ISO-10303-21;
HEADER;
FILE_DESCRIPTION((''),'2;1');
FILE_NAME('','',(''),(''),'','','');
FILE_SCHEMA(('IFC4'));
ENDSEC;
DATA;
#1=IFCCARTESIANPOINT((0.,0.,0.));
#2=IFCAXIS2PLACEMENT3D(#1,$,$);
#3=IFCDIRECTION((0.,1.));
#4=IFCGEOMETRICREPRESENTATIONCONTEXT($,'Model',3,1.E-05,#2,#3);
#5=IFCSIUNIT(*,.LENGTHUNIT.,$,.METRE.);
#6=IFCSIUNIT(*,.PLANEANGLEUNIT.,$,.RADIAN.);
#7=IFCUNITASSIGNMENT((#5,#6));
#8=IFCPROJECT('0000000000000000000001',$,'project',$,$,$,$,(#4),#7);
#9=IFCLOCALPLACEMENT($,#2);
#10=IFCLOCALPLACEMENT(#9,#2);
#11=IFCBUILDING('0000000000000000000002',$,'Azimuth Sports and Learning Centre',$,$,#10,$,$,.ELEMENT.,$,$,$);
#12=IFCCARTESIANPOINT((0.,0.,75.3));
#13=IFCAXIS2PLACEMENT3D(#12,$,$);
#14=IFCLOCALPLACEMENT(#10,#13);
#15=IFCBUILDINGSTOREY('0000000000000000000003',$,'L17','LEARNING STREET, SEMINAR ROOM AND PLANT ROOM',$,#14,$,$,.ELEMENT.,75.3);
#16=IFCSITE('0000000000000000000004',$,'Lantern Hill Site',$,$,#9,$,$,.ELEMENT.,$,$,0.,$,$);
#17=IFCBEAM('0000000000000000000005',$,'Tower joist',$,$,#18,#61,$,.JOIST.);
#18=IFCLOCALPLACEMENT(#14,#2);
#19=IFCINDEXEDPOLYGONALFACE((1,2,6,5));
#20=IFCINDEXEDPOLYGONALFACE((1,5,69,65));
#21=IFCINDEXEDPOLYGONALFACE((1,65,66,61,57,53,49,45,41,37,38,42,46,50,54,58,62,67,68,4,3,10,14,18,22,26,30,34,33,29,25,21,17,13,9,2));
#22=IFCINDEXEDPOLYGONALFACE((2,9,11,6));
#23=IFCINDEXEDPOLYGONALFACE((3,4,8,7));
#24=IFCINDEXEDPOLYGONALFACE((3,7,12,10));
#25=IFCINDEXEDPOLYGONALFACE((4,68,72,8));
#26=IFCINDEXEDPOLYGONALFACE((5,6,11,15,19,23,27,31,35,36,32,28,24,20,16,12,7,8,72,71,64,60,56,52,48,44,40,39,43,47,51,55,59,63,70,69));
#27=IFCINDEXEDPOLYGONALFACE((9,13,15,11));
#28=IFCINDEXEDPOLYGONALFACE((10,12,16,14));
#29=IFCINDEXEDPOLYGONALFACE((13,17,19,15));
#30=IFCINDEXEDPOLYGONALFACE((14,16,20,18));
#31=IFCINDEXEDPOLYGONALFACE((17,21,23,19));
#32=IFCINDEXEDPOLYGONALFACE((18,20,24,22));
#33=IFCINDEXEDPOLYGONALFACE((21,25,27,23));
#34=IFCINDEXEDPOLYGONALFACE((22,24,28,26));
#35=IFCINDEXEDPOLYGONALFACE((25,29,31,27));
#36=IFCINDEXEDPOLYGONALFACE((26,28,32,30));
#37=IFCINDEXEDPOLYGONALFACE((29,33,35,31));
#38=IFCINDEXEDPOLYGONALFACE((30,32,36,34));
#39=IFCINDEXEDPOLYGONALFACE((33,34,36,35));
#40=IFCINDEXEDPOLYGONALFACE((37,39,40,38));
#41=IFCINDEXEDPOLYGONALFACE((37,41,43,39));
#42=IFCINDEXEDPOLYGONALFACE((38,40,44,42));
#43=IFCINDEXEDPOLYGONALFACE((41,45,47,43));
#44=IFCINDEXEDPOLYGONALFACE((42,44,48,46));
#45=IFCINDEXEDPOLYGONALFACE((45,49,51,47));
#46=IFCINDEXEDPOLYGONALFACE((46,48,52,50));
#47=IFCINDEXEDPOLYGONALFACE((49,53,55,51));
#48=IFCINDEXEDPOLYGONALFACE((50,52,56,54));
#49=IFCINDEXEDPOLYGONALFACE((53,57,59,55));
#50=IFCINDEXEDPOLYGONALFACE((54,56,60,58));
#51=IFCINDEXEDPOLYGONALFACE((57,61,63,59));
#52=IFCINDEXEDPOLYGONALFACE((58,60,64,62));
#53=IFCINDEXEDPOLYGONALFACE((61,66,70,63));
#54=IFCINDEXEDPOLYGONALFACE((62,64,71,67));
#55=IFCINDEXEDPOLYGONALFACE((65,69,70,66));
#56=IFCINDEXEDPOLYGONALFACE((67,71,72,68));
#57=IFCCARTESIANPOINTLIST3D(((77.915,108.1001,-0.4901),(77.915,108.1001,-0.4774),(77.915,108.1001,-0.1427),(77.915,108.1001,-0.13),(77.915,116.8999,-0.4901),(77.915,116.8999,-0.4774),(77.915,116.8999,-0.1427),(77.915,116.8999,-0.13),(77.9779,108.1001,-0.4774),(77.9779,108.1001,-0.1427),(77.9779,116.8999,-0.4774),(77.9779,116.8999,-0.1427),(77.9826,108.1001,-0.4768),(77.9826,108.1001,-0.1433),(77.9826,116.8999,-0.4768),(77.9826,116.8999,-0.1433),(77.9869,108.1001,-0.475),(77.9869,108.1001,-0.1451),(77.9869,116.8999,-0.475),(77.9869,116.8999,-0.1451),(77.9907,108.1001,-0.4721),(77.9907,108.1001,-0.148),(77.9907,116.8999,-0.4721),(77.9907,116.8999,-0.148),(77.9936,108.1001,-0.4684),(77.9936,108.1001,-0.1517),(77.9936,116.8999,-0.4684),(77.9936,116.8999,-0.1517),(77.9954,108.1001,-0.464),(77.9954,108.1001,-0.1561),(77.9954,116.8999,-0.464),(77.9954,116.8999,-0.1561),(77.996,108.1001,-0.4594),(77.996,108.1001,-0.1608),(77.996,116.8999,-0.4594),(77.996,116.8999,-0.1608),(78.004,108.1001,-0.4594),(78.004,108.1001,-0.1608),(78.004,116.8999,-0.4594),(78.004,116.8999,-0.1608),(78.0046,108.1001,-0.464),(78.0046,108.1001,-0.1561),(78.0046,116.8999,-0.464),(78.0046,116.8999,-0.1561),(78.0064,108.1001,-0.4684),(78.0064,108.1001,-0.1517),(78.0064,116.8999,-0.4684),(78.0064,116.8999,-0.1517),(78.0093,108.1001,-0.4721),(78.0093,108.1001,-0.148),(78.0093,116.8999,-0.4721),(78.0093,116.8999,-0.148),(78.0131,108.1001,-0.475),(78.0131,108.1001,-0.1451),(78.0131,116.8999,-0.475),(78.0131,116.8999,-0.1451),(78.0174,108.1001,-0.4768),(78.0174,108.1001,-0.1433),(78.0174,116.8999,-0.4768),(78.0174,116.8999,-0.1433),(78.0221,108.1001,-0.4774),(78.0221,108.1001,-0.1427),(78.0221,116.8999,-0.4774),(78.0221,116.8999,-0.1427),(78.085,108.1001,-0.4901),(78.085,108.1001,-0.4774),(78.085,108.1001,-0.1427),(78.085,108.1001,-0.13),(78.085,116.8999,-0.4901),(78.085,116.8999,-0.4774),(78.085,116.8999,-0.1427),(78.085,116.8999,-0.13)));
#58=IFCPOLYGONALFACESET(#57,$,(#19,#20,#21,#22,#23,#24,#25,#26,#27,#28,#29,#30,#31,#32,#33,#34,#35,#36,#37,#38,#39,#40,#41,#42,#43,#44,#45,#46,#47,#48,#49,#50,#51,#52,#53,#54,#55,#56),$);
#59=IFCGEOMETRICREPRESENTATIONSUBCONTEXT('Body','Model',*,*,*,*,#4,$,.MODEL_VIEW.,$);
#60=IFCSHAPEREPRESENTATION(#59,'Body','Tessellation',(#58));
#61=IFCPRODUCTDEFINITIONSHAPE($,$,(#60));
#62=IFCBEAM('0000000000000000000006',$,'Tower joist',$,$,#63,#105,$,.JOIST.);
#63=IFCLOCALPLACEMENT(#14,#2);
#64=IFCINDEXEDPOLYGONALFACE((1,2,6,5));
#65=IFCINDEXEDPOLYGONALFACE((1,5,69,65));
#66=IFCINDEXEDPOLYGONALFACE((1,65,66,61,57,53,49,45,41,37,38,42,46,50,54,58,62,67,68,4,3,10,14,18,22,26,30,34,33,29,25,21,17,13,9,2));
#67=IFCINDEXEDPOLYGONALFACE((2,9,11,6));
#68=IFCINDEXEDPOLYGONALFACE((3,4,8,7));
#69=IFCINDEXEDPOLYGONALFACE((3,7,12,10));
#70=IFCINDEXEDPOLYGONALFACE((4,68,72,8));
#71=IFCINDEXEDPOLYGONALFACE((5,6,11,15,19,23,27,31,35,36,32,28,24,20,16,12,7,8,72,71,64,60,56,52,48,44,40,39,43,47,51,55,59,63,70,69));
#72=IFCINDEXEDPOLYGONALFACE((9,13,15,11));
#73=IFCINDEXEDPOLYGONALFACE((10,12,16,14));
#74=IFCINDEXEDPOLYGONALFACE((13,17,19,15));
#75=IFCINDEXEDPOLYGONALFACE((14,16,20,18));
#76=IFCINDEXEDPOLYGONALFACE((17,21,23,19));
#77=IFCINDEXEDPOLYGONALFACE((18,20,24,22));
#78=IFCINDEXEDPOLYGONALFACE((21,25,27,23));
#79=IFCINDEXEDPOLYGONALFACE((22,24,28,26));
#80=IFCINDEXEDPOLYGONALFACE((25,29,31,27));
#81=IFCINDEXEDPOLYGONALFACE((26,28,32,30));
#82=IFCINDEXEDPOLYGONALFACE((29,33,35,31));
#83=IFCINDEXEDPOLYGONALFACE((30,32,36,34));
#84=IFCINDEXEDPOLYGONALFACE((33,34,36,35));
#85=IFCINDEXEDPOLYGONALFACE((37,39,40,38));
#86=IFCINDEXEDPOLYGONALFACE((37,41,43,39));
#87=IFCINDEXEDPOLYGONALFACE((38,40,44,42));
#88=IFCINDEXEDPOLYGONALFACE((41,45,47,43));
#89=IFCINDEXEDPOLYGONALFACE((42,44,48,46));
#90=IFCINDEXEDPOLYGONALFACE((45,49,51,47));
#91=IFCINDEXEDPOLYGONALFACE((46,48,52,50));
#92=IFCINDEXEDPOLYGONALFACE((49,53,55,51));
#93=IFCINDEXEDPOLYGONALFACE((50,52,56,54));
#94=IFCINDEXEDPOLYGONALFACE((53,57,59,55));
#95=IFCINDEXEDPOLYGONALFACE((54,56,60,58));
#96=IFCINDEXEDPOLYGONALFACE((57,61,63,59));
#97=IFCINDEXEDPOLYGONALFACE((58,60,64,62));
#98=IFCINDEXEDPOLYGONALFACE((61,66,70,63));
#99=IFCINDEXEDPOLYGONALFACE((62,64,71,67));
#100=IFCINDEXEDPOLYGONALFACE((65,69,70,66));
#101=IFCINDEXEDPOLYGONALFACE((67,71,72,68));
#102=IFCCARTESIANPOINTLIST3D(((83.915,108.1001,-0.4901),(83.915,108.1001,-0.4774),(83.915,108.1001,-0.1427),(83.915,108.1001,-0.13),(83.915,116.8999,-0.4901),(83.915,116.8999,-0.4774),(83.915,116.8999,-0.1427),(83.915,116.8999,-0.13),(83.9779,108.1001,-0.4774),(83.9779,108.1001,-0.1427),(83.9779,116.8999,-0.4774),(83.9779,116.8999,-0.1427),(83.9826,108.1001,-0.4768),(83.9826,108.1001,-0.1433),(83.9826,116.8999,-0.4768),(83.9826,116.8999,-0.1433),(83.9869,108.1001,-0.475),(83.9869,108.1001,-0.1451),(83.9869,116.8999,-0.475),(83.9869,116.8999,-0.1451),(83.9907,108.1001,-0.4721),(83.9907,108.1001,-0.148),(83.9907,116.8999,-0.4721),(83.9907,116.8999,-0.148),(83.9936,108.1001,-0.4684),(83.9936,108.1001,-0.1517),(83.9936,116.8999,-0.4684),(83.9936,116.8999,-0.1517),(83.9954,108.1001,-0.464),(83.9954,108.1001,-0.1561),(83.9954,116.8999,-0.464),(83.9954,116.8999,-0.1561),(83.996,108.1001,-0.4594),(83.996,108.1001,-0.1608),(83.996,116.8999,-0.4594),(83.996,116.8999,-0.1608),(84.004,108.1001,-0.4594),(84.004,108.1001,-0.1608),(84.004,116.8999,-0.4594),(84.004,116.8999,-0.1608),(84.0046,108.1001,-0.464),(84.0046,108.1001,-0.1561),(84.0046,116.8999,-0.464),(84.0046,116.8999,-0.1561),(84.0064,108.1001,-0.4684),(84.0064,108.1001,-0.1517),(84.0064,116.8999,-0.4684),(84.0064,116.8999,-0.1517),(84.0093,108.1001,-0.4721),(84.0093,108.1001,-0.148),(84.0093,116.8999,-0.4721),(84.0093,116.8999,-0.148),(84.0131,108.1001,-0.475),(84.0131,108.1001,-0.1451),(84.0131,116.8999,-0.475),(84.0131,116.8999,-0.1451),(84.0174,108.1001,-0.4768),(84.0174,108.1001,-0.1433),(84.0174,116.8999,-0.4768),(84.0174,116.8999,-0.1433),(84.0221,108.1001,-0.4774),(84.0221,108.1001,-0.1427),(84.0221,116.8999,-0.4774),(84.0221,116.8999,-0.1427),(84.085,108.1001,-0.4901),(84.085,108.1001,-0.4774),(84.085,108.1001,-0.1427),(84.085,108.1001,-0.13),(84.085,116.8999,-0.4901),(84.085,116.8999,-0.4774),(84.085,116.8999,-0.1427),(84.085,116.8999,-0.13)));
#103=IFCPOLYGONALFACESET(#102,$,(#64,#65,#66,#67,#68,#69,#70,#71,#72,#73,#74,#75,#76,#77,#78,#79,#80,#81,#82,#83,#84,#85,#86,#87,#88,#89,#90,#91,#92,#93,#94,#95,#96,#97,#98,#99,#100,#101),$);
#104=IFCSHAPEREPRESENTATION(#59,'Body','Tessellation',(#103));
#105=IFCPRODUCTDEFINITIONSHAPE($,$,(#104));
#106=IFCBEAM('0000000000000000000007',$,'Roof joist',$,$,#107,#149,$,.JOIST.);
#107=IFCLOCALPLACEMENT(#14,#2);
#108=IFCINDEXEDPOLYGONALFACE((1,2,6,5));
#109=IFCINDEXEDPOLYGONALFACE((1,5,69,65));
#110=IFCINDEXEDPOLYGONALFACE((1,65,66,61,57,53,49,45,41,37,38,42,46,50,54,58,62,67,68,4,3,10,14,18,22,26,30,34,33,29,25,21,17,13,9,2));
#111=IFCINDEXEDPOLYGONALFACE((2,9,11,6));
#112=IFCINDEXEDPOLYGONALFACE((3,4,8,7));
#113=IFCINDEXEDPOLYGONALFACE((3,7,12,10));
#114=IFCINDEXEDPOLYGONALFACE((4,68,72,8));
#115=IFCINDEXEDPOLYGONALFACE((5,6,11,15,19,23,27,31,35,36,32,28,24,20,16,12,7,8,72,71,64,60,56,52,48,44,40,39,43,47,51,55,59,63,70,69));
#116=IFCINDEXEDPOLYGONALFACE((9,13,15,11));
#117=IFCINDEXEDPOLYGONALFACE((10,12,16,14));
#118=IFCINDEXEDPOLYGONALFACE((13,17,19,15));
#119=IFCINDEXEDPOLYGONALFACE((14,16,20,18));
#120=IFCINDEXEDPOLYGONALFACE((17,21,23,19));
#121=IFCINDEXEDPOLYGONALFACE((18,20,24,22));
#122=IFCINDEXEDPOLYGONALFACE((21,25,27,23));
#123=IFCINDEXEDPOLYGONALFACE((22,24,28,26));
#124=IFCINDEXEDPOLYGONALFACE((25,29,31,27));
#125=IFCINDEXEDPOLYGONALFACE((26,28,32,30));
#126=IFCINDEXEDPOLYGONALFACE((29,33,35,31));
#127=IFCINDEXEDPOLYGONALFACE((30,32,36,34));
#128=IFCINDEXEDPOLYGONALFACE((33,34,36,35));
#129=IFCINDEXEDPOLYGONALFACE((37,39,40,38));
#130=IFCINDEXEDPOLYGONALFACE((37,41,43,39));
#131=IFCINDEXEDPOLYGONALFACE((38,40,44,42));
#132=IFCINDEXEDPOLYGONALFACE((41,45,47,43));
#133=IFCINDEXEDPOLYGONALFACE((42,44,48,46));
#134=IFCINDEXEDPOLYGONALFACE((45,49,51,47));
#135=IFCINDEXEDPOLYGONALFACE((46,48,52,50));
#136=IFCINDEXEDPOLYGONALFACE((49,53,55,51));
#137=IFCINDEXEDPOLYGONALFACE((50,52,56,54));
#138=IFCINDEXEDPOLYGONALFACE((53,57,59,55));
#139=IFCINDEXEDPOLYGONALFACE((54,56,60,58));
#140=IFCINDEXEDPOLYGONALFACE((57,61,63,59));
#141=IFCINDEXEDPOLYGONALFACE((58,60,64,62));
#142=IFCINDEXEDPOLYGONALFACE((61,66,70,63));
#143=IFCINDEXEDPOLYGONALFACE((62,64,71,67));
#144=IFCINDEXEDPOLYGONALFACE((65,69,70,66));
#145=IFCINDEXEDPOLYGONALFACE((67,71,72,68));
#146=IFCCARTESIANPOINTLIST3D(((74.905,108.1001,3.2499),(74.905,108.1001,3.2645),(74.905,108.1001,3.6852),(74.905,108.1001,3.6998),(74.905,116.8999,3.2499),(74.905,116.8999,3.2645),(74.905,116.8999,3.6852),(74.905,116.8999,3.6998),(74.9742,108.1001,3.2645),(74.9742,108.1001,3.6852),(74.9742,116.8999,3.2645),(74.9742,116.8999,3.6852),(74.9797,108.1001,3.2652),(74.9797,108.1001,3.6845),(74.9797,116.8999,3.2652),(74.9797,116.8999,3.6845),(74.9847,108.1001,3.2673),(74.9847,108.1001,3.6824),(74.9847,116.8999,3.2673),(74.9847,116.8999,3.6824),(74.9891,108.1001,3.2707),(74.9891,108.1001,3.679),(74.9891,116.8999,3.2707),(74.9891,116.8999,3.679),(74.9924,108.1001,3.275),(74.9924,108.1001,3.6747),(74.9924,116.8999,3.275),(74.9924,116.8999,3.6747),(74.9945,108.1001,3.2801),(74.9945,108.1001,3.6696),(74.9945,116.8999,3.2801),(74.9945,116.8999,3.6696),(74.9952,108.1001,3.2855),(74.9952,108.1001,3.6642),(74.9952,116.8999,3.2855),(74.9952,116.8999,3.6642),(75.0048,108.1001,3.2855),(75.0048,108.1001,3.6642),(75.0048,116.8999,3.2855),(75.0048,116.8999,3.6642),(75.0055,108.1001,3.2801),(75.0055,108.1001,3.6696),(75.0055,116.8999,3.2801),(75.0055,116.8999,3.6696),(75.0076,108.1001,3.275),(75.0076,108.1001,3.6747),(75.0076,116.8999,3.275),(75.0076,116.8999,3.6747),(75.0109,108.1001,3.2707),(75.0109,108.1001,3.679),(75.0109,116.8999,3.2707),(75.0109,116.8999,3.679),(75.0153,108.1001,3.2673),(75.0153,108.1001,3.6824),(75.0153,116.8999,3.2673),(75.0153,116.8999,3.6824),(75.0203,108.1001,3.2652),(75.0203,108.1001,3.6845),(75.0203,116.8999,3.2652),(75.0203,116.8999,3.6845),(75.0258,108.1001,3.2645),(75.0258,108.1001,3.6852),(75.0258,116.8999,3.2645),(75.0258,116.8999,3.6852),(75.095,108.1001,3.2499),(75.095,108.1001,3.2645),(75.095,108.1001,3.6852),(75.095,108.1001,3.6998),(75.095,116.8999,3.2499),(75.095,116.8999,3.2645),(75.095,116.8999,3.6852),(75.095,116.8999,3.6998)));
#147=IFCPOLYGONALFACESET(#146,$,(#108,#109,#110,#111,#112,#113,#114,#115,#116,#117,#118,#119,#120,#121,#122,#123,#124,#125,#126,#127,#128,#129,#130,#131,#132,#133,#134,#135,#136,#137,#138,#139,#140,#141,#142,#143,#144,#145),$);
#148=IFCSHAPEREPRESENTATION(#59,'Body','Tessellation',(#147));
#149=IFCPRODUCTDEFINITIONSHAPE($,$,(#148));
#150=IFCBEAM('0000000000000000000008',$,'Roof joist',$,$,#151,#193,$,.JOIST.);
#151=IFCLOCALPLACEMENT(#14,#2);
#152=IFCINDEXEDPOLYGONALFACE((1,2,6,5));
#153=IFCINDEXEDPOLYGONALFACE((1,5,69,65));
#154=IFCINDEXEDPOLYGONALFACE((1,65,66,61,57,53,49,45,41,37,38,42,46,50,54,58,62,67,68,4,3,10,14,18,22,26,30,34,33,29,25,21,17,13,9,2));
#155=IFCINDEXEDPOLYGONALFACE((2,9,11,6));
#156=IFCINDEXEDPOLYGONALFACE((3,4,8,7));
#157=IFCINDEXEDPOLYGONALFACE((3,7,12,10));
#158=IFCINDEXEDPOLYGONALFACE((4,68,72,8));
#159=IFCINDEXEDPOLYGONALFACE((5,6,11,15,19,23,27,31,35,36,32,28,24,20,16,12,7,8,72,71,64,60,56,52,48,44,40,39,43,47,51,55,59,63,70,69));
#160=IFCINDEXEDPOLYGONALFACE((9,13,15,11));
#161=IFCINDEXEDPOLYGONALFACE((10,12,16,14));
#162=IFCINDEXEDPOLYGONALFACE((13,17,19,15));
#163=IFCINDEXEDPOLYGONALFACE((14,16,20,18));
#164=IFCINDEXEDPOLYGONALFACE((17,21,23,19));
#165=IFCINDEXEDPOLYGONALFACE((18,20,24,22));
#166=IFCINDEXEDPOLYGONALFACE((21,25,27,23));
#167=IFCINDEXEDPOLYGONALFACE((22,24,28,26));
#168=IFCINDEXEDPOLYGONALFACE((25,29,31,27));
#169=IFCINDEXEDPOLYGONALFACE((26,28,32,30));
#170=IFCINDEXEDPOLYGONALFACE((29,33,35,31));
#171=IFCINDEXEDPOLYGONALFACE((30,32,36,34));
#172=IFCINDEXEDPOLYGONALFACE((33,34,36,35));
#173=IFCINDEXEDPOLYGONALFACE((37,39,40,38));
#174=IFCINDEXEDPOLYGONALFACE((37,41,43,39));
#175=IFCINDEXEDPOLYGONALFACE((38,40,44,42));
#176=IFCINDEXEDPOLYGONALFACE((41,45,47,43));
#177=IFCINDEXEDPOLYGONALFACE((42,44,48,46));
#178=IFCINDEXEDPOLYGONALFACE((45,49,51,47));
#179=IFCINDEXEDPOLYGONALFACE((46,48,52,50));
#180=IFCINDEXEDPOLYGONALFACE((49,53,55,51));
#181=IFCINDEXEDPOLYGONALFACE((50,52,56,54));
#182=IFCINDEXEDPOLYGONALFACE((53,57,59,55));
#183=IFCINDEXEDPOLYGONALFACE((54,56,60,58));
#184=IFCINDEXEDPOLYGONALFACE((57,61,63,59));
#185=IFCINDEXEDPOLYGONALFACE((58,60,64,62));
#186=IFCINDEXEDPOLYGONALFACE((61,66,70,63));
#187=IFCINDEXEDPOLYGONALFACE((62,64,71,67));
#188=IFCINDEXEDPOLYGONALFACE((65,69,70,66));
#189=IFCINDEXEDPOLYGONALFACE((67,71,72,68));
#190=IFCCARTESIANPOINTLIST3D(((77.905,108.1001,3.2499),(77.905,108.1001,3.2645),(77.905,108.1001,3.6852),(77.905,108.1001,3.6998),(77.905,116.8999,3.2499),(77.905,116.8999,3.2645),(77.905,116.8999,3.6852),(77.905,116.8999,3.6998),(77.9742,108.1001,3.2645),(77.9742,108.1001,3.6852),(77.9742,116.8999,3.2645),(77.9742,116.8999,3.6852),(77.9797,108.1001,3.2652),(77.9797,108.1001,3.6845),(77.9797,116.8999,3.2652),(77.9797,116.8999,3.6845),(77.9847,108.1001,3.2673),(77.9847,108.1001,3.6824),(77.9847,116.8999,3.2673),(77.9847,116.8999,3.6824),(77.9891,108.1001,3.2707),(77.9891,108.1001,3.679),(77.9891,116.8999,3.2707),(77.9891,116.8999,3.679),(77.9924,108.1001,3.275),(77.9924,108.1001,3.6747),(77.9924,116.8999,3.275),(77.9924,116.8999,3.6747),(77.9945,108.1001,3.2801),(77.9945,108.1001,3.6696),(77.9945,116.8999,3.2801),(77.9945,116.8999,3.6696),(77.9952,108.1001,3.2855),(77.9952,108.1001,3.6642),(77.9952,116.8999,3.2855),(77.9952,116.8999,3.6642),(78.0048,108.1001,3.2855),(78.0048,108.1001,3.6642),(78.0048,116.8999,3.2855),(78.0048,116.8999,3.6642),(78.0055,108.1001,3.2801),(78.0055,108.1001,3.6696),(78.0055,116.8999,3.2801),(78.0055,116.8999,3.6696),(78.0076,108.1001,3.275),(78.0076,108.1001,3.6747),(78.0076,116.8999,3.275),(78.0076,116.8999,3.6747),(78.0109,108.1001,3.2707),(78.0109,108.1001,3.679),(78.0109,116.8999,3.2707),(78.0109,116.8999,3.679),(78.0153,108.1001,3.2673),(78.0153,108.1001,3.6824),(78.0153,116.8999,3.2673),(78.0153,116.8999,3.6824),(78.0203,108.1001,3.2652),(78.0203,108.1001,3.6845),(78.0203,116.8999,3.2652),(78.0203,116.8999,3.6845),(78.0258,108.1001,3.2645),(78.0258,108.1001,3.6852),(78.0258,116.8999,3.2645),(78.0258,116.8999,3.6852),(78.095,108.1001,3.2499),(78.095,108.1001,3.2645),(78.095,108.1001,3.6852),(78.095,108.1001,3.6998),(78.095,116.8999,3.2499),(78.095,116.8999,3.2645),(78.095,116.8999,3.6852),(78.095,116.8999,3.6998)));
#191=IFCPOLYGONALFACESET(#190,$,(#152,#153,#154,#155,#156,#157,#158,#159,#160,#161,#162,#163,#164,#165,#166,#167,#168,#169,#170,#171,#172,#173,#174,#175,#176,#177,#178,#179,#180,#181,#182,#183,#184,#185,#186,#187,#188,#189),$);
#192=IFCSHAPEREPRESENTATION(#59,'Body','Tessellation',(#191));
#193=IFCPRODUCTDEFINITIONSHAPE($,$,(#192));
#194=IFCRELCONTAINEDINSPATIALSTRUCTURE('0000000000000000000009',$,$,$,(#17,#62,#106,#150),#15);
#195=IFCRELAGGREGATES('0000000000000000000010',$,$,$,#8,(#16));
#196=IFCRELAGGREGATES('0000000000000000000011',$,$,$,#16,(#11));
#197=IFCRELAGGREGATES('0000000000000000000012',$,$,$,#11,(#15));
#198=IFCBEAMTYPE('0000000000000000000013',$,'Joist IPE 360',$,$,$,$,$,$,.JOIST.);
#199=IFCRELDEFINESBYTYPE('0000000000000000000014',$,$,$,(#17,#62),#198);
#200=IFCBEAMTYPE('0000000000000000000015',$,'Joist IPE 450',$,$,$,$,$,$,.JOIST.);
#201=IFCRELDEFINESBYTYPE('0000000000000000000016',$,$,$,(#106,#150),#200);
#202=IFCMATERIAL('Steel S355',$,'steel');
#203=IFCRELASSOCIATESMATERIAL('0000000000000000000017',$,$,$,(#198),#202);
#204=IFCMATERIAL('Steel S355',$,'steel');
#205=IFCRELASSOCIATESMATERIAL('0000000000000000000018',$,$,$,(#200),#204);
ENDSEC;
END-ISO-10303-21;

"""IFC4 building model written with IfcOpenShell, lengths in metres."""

from ifc_helpers import new_model, si_unit, direction, frame, origin, origin_2d, place, context, subcontext, project, spatial, i_section, extrude, material, material_profile, profile_set, type_object, element, save


model = new_model("IFC4")

# Units and contexts
model_context = context("Model", 3, precision=1e-05, world=origin(), true_north=direction((0.0, 1.0)))
body_context = subcontext(model_context, "Body", "Model", "MODEL_VIEW")
ifc_project = project(units=[si_unit("LENGTHUNIT", "METRE"), si_unit("PLANEANGLEUNIT", "RADIAN")], contexts=[model_context])

# Site, building, storey
site_placement = place(None, origin())
site = spatial("IfcSite", under=ifc_project, at=site_placement, Name="Lantern Hill Site", CompositionType="ELEMENT", RefElevation=0.0)
building_placement = place(site_placement, origin())
building = spatial("IfcBuilding", under=site, at=building_placement, Name="Azimuth Sports and Learning Centre", CompositionType="ELEMENT")
storey_placement = place(building_placement, frame((0.0, 0.0, 75.3)))
storey = spatial("IfcBuildingStorey", under=building, at=storey_placement, Name="L17", Description="LEARNING STREET, SEMINAR ROOM AND PLANT ROOM", CompositionType="ELEMENT", Elevation=75.3)

# Beams
ifc_material_1 = material(Name="Steel S355", Category="steel")
ifc_material_profile_1 = material_profile(ifc_material_1, i_section(OverallWidth=0.1699, OverallDepth=0.3601, WebThickness=0.0081, FlangeThickness=0.0127, FilletRadius=0.0181, at=origin_2d()), Name="IPE 360")
ifc_profile_set_1 = profile_set([ifc_material_profile_1], Name="Steel S355")
beam_type_1 = type_object("IfcBeamType", Name="Joist IPE 360", PredefinedType="JOIST", material=ifc_profile_set_1)
for number, where, z_axis, x_axis, name in (
    (1, (78.0, 108.1001, -0.3101), (0.0, 1.0, 0.0), (-1.0, 0.0, 0.0), "Tower joist"),
    (2, (84.0, 108.1001, -0.3101), (0.0, 1.0, 0.0), (-1.0, 0.0, 0.0), "Tower joist"),
):
    element("IfcBeam", number, at=place(storey_placement, frame(where, z_axis=z_axis, x_axis=x_axis)), inside=storey, type_object=beam_type_1, Name=name, PredefinedType="JOIST", context=body_context, shape_type="SweptSolid", body=[
        extrude(i_section(OverallWidth=0.1699, OverallDepth=0.3601, WebThickness=0.0081, FlangeThickness=0.0127, FilletRadius=0.0181, at=origin_2d()), origin(), (0.0, 0.0, 1.0), 8.7998),
    ])
ifc_material_2 = material(Name="Steel S355", Category="steel")
ifc_material_profile_2 = material_profile(ifc_material_2, i_section(OverallWidth=0.1899, OverallDepth=0.45, WebThickness=0.0095, FlangeThickness=0.0146, FilletRadius=0.021, at=origin_2d()), Name="IPE 450")
ifc_profile_set_2 = profile_set([ifc_material_profile_2], Name="Steel S355")
beam_type_2 = type_object("IfcBeamType", Name="Joist IPE 450", PredefinedType="JOIST", material=ifc_profile_set_2)
for number, where, z_axis, x_axis, name in (
    (3, (75.0, 108.1001, 3.4749), (0.0, 1.0, 0.0), (-1.0, 0.0, 0.0), "Roof joist"),
    (4, (78.0, 108.1001, 3.4749), (0.0, 1.0, 0.0), (-1.0, 0.0, 0.0), "Roof joist"),
):
    element("IfcBeam", number, at=place(storey_placement, frame(where, z_axis=z_axis, x_axis=x_axis)), inside=storey, type_object=beam_type_2, Name=name, PredefinedType="JOIST", context=body_context, shape_type="SweptSolid", body=[
        extrude(i_section(OverallWidth=0.1899, OverallDepth=0.45, WebThickness=0.0095, FlangeThickness=0.0146, FilletRadius=0.021, at=origin_2d()), origin(), (0.0, 0.0, 1.0), 8.7998),
    ])

save(model, "model.ifc")
